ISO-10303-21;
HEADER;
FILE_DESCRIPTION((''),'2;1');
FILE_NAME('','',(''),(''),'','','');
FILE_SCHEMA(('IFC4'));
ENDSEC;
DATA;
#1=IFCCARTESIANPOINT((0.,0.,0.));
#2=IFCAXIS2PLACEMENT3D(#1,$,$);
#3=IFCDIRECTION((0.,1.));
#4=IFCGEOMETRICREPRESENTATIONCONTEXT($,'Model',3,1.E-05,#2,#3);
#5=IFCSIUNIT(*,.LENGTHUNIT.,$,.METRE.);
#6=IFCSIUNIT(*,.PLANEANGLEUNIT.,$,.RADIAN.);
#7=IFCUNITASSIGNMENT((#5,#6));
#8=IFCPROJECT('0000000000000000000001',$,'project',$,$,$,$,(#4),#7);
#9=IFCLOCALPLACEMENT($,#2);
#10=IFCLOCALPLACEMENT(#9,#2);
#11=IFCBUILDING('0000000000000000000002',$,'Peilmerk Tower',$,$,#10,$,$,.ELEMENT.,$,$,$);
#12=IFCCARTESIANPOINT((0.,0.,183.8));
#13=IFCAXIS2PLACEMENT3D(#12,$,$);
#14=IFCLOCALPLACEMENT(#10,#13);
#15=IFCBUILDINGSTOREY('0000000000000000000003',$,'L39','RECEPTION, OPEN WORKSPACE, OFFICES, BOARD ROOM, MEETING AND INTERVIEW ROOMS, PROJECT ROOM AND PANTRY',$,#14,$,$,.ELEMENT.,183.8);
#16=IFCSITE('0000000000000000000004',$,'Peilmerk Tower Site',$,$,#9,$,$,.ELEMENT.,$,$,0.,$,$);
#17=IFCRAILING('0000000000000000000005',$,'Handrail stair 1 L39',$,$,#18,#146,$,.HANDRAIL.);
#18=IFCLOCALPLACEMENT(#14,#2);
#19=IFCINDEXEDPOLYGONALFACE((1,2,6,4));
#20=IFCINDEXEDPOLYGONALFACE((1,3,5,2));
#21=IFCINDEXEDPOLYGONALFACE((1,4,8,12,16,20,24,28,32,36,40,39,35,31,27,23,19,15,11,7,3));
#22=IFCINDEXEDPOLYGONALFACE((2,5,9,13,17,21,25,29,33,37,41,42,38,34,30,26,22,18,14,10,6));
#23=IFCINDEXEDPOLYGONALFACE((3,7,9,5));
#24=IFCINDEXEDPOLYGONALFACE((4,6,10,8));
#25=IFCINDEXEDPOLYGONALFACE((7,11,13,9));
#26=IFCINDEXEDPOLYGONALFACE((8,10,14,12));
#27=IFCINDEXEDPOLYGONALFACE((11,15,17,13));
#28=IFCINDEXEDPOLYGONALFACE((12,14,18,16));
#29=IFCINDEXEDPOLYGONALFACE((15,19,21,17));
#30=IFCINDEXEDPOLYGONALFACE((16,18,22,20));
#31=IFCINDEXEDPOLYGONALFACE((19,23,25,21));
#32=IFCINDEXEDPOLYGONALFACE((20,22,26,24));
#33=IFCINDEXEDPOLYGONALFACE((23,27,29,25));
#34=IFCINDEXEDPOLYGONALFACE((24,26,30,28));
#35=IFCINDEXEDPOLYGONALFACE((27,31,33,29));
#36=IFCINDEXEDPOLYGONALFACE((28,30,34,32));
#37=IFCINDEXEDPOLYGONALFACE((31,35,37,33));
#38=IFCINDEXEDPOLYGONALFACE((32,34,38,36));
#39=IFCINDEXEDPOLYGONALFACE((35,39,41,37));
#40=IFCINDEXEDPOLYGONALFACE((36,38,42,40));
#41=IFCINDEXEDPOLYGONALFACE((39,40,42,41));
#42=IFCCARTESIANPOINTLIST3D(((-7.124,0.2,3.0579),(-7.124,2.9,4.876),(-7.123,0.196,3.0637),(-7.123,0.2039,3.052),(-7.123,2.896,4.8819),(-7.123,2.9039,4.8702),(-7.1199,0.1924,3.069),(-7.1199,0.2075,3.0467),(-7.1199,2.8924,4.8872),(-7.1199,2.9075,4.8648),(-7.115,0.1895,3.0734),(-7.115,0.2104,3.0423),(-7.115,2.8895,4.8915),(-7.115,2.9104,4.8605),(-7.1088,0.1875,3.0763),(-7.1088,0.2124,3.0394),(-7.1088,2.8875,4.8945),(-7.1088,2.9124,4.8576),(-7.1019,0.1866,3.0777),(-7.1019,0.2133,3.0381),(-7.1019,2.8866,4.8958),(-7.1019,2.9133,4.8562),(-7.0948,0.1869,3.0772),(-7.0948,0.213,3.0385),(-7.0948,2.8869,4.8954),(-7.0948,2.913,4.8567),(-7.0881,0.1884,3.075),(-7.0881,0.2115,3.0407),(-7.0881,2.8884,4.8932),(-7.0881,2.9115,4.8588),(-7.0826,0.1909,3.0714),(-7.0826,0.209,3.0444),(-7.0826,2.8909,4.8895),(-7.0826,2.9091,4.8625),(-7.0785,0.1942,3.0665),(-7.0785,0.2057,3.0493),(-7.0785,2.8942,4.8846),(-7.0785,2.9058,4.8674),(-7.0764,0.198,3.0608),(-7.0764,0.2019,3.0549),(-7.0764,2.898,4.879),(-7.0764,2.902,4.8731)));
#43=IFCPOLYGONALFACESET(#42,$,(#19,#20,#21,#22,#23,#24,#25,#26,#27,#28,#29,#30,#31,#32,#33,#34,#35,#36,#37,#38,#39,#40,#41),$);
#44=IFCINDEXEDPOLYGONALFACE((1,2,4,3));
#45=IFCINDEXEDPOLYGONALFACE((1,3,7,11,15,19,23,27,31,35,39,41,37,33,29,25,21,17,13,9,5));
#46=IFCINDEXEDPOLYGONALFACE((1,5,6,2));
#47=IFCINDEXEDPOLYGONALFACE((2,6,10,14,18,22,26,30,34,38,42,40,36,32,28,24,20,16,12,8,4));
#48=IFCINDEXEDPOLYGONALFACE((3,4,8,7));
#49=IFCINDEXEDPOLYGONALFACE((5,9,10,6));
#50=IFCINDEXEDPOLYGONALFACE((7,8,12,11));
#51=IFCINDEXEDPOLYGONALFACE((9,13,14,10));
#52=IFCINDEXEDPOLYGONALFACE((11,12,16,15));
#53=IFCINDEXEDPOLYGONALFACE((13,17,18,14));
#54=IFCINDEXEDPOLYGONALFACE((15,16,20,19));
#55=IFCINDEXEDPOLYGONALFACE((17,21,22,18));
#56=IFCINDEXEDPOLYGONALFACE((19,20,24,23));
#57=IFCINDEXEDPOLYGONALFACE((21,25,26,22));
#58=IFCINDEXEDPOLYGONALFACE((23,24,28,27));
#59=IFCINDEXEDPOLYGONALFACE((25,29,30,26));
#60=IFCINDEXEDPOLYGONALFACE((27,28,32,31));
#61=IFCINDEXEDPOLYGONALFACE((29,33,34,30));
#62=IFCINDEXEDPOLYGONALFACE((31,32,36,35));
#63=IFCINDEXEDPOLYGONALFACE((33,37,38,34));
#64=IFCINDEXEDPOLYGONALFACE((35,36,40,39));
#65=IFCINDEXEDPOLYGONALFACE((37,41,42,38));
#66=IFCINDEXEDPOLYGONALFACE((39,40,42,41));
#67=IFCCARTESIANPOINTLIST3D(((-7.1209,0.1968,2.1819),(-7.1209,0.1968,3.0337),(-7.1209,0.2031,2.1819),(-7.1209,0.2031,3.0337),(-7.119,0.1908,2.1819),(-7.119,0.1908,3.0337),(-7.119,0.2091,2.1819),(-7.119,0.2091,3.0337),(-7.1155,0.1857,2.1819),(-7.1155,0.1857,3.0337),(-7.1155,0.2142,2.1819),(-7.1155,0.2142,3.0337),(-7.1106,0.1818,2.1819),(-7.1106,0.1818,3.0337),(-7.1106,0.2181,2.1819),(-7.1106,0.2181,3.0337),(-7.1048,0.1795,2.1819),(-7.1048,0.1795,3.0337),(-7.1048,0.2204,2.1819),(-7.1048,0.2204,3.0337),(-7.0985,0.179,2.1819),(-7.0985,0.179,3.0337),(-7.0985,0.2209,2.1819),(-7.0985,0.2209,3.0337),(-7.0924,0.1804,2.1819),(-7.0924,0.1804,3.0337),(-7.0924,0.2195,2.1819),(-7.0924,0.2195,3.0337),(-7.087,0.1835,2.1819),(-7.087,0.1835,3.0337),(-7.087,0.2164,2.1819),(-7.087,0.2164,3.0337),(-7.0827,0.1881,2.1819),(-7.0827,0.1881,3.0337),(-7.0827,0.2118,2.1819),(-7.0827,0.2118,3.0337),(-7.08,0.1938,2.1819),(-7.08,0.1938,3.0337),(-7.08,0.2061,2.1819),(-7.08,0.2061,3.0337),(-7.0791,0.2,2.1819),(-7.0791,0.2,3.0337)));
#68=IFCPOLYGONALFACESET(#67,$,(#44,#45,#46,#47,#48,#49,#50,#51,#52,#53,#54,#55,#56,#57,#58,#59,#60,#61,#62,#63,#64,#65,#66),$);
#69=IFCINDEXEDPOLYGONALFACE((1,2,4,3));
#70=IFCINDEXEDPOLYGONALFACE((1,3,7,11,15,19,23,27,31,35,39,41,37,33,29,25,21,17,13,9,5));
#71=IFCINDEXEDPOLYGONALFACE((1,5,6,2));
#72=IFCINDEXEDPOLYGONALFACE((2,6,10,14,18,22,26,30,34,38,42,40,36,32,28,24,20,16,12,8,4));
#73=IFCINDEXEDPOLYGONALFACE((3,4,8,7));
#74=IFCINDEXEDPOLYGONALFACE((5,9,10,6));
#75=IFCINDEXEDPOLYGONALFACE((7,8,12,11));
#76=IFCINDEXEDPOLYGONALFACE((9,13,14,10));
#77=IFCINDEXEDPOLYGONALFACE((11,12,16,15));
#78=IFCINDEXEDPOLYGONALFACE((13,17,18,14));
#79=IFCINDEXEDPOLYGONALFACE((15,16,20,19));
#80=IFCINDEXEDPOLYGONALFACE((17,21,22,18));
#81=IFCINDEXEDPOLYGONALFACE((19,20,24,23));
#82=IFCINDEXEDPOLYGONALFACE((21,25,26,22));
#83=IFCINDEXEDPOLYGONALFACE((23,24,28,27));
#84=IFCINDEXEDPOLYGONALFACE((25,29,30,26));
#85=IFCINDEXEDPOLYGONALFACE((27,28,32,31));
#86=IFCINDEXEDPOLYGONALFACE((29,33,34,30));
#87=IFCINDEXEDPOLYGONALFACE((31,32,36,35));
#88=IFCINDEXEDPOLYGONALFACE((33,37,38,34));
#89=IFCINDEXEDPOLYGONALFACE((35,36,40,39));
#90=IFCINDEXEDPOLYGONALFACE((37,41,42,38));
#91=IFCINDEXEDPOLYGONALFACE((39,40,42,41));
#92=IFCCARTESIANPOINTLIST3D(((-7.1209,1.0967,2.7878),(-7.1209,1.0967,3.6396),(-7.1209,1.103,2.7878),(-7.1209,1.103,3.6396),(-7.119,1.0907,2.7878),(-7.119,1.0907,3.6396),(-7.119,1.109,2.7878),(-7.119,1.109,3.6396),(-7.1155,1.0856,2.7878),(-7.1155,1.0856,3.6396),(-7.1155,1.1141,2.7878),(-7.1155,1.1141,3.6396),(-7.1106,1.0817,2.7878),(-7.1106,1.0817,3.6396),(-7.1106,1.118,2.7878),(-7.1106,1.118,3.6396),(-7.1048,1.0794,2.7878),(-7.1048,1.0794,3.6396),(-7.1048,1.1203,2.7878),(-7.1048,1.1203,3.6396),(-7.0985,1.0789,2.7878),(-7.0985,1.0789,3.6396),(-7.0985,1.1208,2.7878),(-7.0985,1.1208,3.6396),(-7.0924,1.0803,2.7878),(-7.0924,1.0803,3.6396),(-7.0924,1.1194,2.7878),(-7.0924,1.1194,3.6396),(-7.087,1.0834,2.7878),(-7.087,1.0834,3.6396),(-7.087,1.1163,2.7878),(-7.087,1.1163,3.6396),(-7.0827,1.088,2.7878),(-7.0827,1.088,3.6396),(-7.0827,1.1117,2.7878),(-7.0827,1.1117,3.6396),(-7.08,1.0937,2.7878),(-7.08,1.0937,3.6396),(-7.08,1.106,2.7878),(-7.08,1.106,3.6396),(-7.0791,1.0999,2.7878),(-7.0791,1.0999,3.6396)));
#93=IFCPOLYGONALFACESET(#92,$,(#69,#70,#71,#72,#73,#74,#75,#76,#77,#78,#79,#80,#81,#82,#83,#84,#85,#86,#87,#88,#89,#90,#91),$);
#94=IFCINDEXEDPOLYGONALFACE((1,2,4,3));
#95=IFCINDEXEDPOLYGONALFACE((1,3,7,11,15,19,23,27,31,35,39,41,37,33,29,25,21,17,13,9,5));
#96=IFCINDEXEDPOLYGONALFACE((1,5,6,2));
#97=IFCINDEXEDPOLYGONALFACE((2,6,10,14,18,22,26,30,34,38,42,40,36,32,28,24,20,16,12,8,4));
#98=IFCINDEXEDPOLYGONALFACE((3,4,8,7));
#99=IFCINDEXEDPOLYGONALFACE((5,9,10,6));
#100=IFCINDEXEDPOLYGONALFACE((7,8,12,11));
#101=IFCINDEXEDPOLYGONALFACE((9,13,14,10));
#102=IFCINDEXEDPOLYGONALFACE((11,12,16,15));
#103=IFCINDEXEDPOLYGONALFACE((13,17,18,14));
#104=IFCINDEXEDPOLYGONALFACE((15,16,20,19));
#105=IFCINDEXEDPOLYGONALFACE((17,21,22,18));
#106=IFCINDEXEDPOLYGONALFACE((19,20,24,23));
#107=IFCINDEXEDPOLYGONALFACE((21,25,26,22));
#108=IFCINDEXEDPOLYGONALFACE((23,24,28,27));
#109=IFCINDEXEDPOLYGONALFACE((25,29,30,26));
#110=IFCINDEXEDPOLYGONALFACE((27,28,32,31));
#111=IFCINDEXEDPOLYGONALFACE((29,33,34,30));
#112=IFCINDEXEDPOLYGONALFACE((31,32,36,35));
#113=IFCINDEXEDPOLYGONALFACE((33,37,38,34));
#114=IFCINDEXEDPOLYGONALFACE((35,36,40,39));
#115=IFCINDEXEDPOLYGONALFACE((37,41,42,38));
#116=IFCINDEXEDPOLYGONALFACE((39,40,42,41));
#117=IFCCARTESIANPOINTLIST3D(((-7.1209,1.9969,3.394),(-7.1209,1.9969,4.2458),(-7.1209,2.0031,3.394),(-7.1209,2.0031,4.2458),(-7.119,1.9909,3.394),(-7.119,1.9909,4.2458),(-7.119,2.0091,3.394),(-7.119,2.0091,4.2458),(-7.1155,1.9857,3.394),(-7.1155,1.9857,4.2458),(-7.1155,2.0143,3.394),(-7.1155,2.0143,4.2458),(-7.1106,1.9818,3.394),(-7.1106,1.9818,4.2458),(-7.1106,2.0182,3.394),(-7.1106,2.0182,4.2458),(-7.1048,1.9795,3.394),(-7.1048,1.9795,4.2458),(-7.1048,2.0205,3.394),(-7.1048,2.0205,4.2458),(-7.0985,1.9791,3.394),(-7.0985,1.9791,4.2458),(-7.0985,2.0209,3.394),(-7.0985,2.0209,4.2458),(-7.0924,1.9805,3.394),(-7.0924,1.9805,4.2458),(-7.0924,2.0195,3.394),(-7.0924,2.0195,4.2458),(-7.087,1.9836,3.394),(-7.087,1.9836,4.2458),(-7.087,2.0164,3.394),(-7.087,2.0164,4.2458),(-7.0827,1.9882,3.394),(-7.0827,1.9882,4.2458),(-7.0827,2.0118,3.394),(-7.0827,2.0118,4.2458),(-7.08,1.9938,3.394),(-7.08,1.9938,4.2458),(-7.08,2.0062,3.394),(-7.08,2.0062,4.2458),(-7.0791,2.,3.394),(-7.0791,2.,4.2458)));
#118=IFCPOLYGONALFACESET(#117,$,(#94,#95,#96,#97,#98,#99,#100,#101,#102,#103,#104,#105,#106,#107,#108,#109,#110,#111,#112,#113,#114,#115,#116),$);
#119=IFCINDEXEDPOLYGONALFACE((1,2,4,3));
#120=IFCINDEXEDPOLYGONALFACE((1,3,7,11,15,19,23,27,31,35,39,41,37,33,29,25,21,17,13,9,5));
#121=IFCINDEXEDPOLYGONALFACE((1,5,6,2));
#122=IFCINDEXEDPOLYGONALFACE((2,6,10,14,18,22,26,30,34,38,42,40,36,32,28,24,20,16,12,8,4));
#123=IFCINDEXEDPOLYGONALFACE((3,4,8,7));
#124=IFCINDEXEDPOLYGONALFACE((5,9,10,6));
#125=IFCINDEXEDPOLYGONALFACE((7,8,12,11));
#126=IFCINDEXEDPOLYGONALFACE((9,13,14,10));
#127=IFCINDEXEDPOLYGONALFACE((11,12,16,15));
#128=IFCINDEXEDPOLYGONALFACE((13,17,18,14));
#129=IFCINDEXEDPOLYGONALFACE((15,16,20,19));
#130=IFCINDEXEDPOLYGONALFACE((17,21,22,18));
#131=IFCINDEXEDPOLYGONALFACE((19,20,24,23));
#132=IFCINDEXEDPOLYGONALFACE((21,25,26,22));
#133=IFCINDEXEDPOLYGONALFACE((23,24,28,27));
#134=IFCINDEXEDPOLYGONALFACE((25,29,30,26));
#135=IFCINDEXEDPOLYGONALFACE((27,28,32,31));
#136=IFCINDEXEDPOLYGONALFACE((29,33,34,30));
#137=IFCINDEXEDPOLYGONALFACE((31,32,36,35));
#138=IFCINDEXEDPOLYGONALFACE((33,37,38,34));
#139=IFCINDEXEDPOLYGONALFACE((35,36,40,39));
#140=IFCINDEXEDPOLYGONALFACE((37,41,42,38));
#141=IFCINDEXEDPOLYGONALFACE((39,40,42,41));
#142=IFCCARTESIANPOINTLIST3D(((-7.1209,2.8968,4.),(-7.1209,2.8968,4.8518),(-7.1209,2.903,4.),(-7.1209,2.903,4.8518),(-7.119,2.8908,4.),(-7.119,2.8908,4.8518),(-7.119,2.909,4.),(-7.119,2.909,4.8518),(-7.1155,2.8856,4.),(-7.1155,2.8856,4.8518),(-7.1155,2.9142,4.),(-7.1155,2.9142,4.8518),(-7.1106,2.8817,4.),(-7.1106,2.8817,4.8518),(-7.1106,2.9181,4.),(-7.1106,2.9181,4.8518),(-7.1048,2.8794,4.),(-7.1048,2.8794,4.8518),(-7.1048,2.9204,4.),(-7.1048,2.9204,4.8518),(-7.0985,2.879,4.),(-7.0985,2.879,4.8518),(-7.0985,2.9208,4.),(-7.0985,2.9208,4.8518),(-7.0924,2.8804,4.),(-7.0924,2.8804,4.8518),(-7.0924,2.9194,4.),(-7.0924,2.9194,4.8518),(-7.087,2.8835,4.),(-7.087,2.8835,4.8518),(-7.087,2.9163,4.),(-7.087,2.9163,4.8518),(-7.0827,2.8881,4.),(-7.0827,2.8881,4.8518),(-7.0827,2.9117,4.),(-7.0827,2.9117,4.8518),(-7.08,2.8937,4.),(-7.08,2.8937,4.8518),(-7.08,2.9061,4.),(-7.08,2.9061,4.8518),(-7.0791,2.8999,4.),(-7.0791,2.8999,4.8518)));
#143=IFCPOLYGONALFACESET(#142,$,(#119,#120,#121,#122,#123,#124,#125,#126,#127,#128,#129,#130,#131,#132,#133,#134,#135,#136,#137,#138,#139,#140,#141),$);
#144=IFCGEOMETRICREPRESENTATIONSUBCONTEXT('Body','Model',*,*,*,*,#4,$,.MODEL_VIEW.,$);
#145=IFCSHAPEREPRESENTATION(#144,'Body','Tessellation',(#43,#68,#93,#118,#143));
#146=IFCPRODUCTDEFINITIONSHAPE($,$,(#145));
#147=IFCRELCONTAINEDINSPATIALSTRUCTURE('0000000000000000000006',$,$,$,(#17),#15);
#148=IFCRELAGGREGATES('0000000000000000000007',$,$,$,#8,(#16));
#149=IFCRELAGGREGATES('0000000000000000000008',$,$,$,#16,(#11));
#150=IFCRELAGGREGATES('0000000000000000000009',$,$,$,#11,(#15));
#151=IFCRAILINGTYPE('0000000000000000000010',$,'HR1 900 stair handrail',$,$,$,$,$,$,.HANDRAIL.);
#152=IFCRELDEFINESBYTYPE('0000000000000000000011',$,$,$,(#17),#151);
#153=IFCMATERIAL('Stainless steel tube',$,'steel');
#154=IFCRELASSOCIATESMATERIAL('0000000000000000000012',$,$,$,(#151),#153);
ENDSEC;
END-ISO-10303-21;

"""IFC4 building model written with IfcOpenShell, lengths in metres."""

from ifc_helpers import new_model, si_unit, direction, frame, origin, origin_2d, place, context, subcontext, project, spatial, circle, extrude, material, type_object, element, save


model = new_model("IFC4")

# Units and contexts
model_context = context("Model", 3, precision=1e-05, world=origin(), true_north=direction((0.0, 1.0)))
body_context = subcontext(model_context, "Body", "Model", "MODEL_VIEW")
ifc_project = project(units=[si_unit("LENGTHUNIT", "METRE"), si_unit("PLANEANGLEUNIT", "RADIAN")], contexts=[model_context])

# Site, building, storey
site_placement = place(None, origin())
site = spatial("IfcSite", under=ifc_project, at=site_placement, Name="Peilmerk Tower Site", CompositionType="ELEMENT", RefElevation=0.0)
building_placement = place(site_placement, origin())
building = spatial("IfcBuilding", under=site, at=building_placement, Name="Peilmerk Tower", CompositionType="ELEMENT")
storey_placement = place(building_placement, frame((0.0, 0.0, 183.8)))
storey = spatial("IfcBuildingStorey", under=building, at=storey_placement, Name="L39", Description="RECEPTION, OPEN WORKSPACE, OFFICES, BOARD ROOM, MEETING AND INTERVIEW ROOMS, PROJECT ROOM AND PANTRY", CompositionType="ELEMENT", Elevation=183.8)

# Railing
ifc_material_1 = material(Name="Stainless steel tube", Category="steel")
railing_type_1 = type_object("IfcRailingType", Name="HR1 900 stair handrail", PredefinedType="HANDRAIL", material=ifc_material_1)
railing_1_placement = place(storey_placement, frame((-7.1001, 0.2, 2.1819)))
element("IfcRailing", 1, at=railing_1_placement, inside=storey, type_object=railing_type_1, Name="Handrail stair 1 L39", PredefinedType="HANDRAIL", context=body_context, shape_type="SweptSolid", body=[
    extrude(circle(Radius=0.0239, at=origin_2d()), frame((0.0, 0.0, 0.876), z_axis=(0.0, 0.829468, 0.558554), x_axis=(-1.0, 0.0, 0.0)), (0.0, 0.0, 1.0), 3.2551),
    extrude(circle(Radius=0.021, at=origin_2d()), origin(), (0.0, 0.0, 1.0), 0.8518),
    extrude(circle(Radius=0.021, at=origin_2d()), frame((0.0, 0.8999, 0.606)), (0.0, 0.0, 1.0), 0.8518),
    extrude(circle(Radius=0.021, at=origin_2d()), frame((0.0, 1.8, 1.2122)), (0.0, 0.0, 1.0), 0.8518),
    extrude(circle(Radius=0.021, at=origin_2d()), frame((0.0, 2.7, 1.8181)), (0.0, 0.0, 1.0), 0.8518),
])

save(model, "model.ifc")
